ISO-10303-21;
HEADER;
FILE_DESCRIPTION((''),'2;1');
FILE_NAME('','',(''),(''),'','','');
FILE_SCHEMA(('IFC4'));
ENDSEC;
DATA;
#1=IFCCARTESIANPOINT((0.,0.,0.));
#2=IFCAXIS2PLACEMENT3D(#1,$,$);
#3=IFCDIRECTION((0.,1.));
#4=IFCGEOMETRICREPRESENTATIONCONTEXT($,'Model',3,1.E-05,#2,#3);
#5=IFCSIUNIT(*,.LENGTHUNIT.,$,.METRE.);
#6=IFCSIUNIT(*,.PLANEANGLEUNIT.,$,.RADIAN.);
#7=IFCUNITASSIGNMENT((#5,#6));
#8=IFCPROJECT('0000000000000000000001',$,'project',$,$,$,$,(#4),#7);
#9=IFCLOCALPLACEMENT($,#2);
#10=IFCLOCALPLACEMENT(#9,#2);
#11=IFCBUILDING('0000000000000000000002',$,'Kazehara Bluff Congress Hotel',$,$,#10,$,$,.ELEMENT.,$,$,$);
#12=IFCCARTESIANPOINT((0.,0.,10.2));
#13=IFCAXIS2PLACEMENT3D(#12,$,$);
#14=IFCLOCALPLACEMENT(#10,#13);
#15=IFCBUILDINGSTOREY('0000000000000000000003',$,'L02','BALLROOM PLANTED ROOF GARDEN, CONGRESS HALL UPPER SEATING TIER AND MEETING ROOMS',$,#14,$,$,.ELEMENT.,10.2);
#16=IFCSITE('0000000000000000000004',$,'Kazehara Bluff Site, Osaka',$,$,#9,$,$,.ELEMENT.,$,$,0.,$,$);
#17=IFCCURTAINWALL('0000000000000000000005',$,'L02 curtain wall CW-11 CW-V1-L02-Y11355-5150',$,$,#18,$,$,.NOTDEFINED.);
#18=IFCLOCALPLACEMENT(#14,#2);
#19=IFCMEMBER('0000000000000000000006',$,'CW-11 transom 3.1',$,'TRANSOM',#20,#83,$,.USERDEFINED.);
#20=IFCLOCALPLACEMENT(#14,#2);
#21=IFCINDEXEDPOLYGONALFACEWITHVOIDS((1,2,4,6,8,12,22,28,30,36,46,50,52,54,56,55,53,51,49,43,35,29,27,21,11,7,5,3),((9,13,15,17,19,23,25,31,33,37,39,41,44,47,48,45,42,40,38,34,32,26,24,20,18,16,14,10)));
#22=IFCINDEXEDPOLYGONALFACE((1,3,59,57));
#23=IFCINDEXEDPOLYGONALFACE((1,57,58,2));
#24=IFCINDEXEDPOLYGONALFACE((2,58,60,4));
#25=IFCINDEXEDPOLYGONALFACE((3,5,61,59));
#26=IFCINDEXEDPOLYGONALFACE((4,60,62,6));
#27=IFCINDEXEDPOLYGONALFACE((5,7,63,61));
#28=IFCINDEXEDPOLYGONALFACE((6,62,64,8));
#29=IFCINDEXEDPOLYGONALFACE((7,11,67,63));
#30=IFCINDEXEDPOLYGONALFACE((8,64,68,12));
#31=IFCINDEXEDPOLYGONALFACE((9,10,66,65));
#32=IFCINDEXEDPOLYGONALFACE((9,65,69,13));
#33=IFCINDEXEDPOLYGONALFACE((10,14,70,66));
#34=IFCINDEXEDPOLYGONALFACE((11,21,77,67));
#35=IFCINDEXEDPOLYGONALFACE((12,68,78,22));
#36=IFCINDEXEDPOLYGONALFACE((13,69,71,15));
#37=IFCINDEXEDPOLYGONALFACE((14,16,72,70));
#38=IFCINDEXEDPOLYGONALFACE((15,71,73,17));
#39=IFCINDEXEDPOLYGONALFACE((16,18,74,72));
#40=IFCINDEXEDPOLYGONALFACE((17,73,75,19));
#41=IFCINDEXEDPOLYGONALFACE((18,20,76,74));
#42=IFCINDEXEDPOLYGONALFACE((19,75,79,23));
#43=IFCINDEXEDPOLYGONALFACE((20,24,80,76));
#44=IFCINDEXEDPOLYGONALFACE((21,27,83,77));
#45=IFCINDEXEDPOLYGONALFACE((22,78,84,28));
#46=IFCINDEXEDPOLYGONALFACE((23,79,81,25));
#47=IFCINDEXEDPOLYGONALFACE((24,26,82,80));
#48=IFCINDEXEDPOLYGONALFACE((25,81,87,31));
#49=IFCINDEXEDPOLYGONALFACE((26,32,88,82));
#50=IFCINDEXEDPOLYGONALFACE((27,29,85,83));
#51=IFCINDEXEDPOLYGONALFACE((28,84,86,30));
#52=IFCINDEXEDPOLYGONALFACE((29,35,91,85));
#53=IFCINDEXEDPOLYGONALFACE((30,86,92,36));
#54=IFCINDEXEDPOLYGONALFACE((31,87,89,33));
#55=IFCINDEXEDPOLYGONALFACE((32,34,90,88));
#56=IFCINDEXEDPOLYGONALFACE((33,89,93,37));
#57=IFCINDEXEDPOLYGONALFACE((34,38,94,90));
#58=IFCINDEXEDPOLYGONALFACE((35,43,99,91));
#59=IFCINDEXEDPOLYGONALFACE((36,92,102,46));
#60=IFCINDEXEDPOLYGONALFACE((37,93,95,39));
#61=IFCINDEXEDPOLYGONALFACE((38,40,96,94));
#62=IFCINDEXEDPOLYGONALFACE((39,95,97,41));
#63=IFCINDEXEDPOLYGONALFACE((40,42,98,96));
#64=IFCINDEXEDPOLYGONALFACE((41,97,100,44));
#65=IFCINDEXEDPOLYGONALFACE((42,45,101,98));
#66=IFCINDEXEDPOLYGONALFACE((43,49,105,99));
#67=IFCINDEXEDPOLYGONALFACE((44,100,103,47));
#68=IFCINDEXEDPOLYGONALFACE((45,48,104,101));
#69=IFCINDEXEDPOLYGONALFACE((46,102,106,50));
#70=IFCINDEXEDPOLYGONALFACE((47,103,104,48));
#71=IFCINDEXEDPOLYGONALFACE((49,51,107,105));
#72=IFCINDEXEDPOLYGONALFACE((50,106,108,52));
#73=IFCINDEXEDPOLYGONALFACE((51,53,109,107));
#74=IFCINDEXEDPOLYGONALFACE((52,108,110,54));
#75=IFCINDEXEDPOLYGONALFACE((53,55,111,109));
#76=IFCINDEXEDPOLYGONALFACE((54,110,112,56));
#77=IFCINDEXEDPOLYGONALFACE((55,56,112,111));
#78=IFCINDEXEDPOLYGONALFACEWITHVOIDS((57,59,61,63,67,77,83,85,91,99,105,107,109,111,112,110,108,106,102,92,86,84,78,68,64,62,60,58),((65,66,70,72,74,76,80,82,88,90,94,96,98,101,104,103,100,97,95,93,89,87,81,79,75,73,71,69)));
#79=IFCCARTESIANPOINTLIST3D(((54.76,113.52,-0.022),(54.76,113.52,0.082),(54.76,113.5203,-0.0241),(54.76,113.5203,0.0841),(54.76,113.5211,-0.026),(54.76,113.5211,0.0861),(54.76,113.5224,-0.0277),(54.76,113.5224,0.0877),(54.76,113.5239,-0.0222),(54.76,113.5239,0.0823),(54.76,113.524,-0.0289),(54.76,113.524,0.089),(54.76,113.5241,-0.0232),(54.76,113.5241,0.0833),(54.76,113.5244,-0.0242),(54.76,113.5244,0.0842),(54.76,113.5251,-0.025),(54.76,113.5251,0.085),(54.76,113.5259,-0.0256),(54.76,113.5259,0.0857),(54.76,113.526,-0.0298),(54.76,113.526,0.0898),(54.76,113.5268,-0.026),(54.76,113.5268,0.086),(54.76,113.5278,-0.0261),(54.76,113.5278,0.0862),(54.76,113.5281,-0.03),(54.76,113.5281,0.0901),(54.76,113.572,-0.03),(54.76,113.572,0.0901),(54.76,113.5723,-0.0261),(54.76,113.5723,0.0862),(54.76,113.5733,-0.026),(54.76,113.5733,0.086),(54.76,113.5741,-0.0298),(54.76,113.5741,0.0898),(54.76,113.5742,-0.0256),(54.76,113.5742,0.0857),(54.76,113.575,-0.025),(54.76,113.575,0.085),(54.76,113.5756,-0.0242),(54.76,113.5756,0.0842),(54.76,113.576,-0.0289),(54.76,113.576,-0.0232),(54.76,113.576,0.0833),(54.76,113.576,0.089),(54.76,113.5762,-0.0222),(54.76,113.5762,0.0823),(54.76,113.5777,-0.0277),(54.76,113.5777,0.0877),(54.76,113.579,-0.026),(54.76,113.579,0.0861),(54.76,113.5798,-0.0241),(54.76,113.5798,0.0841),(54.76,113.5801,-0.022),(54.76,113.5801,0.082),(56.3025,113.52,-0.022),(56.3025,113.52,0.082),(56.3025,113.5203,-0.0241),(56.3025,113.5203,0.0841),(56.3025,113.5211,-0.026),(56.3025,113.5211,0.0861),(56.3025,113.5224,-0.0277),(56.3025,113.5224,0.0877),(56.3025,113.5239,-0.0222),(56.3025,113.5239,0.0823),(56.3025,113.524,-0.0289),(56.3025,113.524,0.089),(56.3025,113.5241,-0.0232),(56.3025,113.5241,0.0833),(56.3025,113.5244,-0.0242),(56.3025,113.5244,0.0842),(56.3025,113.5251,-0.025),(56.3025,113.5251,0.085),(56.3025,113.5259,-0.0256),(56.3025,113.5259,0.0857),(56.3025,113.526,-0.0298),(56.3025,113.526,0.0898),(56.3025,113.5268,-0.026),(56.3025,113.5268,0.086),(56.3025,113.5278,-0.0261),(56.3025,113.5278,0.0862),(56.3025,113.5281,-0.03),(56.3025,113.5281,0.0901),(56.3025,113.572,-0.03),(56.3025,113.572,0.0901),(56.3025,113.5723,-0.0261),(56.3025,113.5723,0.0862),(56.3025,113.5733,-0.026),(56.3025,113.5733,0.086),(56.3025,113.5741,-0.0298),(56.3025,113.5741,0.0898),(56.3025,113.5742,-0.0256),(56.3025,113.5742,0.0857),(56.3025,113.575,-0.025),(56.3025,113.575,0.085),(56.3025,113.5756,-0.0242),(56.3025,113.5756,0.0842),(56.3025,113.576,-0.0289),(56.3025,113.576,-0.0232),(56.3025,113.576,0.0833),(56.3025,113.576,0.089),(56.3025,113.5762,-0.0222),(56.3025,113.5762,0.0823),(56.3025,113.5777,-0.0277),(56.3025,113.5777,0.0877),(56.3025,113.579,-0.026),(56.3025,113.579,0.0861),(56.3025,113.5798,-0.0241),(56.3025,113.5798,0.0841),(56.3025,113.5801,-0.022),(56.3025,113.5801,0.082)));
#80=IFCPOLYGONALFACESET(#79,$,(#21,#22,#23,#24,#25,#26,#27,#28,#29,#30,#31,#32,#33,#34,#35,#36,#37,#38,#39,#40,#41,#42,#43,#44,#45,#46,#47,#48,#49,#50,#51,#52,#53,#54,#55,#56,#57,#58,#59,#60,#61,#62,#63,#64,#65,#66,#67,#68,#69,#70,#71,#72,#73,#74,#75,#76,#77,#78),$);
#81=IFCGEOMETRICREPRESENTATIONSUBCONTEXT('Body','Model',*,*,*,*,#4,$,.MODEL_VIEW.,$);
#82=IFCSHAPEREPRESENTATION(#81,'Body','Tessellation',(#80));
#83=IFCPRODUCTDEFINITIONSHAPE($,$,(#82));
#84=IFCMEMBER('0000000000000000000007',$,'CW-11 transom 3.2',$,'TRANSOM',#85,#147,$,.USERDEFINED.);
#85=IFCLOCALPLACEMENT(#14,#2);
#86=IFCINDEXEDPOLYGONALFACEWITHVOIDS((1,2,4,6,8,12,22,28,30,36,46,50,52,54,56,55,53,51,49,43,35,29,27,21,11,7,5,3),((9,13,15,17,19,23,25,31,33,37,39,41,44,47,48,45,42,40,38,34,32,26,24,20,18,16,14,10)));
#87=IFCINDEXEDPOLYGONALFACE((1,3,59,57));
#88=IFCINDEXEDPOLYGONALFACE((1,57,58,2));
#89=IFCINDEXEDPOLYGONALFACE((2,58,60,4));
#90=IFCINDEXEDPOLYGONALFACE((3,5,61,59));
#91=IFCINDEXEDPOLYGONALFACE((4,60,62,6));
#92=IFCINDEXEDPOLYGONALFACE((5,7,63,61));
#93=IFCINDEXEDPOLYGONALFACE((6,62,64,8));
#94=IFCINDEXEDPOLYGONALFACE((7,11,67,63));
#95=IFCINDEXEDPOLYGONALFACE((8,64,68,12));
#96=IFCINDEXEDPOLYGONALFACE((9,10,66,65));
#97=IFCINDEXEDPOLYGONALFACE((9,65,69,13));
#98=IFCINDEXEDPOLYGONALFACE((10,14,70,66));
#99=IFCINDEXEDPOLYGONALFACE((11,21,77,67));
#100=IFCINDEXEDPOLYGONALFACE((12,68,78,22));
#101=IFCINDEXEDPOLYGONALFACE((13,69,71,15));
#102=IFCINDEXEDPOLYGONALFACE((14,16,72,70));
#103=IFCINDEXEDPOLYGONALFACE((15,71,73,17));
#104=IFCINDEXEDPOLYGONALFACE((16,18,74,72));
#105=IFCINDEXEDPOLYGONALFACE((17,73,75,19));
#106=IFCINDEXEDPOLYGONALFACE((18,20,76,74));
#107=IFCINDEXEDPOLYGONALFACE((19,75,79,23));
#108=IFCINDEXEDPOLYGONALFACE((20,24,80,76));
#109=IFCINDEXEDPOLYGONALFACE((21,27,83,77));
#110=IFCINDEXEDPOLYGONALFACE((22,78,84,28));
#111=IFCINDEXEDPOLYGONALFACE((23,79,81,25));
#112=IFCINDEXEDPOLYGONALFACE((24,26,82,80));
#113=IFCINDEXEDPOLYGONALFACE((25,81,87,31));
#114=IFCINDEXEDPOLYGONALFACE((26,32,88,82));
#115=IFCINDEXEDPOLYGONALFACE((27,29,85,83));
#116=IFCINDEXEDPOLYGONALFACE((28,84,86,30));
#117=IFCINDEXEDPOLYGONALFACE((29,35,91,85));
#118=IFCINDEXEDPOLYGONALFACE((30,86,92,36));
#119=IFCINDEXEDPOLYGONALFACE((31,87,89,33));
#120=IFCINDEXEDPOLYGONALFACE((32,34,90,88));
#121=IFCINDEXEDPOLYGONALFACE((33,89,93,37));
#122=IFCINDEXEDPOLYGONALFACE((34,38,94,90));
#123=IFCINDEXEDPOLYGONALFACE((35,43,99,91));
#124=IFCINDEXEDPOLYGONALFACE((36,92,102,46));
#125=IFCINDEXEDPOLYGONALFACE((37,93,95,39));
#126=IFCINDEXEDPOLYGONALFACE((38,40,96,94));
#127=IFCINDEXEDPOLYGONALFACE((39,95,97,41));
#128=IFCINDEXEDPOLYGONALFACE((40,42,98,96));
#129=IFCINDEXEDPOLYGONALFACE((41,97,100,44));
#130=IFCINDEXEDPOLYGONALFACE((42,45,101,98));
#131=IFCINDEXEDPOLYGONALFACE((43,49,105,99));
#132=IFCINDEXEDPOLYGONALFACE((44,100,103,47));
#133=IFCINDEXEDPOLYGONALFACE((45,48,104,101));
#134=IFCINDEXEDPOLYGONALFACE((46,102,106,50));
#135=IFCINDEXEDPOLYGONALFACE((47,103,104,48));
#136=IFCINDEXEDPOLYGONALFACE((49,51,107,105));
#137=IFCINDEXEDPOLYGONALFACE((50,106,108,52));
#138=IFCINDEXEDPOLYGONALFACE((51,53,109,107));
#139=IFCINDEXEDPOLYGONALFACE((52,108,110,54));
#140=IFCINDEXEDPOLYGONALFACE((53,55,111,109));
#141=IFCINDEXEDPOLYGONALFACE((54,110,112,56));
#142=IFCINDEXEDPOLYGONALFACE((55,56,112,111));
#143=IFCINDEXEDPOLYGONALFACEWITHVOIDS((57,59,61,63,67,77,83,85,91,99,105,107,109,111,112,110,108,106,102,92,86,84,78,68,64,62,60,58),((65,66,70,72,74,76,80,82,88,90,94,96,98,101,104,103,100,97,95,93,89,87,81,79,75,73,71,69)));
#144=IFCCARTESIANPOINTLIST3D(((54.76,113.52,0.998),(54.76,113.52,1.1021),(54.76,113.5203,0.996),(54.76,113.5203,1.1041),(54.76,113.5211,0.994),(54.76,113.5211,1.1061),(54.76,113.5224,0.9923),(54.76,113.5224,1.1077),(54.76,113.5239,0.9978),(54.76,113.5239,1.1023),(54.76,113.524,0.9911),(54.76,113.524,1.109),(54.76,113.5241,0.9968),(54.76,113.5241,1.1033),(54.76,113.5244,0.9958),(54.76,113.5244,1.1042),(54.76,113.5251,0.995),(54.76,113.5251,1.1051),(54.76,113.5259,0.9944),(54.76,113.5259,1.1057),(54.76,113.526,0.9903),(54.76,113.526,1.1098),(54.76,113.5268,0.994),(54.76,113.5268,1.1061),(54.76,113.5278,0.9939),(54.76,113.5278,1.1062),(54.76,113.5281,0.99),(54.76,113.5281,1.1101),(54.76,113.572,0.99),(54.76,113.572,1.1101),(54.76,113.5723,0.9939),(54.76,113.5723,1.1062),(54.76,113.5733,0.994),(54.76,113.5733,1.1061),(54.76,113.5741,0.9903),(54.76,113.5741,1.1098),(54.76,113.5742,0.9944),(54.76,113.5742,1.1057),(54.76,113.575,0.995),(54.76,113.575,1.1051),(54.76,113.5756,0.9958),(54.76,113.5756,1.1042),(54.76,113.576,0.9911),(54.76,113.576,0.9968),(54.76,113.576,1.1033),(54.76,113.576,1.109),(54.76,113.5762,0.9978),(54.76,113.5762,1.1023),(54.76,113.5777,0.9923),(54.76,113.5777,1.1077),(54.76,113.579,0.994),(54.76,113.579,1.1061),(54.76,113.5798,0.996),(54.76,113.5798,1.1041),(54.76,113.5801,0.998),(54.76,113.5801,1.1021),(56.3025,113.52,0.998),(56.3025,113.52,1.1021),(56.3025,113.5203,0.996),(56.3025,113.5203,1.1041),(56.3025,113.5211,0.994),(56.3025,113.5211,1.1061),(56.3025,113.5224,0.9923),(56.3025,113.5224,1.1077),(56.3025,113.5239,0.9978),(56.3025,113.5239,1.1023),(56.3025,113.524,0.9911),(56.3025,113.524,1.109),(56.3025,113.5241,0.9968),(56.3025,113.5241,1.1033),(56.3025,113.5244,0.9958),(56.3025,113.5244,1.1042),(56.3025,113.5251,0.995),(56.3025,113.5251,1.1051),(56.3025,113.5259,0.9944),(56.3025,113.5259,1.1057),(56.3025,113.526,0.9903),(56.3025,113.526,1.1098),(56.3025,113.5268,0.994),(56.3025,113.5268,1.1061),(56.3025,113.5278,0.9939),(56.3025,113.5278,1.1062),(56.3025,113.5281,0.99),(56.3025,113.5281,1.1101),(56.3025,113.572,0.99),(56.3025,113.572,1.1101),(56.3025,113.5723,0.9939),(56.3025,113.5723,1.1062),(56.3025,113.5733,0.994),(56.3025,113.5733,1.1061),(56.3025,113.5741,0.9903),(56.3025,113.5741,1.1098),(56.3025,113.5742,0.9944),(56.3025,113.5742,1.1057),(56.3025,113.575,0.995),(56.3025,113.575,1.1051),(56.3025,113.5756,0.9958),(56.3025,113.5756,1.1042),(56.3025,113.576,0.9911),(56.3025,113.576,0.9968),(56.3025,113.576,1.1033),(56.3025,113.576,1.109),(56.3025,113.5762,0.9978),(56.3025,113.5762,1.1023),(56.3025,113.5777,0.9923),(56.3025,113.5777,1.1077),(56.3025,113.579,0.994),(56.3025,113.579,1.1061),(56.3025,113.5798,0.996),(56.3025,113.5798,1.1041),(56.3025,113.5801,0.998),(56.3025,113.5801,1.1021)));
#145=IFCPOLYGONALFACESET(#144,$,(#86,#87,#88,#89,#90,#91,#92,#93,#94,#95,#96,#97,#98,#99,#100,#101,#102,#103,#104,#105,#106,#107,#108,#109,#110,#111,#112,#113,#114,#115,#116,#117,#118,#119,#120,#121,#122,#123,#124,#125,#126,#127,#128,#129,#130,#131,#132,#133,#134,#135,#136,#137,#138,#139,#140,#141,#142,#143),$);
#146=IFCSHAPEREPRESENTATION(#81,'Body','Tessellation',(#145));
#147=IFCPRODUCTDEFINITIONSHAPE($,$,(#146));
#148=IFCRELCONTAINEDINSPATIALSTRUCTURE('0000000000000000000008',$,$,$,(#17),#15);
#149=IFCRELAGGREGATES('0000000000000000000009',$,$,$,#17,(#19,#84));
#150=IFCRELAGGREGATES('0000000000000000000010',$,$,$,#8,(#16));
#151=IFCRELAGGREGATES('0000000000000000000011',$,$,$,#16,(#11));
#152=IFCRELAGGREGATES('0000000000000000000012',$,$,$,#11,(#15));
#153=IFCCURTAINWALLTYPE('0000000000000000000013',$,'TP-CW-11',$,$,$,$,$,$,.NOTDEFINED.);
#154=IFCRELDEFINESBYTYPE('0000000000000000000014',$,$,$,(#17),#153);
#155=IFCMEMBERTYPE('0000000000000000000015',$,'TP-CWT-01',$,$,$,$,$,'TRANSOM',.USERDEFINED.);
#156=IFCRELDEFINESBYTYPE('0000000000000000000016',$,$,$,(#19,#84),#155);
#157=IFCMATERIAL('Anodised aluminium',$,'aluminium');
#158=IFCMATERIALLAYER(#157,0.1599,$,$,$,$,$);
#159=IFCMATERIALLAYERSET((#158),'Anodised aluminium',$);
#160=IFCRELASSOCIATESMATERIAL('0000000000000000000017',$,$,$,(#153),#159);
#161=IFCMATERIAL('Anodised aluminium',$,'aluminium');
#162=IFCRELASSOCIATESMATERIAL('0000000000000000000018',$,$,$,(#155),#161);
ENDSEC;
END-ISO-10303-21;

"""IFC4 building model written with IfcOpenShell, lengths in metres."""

from ifc_helpers import new_model, si_unit, direction, frame, origin, origin_2d, place, context, subcontext, project, spatial, hollow_rectangle, extrude, material, layer, layer_set, material_profile, profile_set, type_object, element, aggregate, save


model = new_model("IFC4")

# Units and contexts
model_context = context("Model", 3, precision=1e-05, world=origin(), true_north=direction((0.0, 1.0)))
body_context = subcontext(model_context, "Body", "Model", "MODEL_VIEW")
ifc_project = project(units=[si_unit("LENGTHUNIT", "METRE"), si_unit("PLANEANGLEUNIT", "RADIAN")], contexts=[model_context])

# Site, building, storey
site_placement = place(None, origin())
site = spatial("IfcSite", under=ifc_project, at=site_placement, Name="Kazehara Bluff Site, Osaka", CompositionType="ELEMENT", RefElevation=0.0)
building_placement = place(site_placement, origin())
building = spatial("IfcBuilding", under=site, at=building_placement, Name="Kazehara Bluff Congress Hotel", CompositionType="ELEMENT")
storey_placement = place(building_placement, frame((0.0, 0.0, 10.2)))
storey = spatial("IfcBuildingStorey", under=building, at=storey_placement, Name="L02", Description="BALLROOM PLANTED ROOF GARDEN, CONGRESS HALL UPPER SEATING TIER AND MEETING ROOMS", CompositionType="ELEMENT", Elevation=10.2)

# Curtain wall, members
ifc_material_1 = material(Name="Anodised aluminium", Category="aluminium")
ifc_layer_1 = layer(ifc_material_1, 0.1599)
ifc_layer_set_1 = layer_set([ifc_layer_1], Name="Anodised aluminium")
curtain_wall_type = type_object("IfcCurtainWallType", Name="TP-CW-11", PredefinedType="NOTDEFINED", material=ifc_layer_set_1)
curtain_wall_placement = place(storey_placement, origin())
curtain_wall = element("IfcCurtainWall", 1, at=curtain_wall_placement, inside=storey, type_object=curtain_wall_type, Name="L02 curtain wall CW-11 CW-V1-L02-Y11355-5150", PredefinedType="NOTDEFINED")
ifc_material_2 = material(Name="Anodised aluminium", Category="aluminium")
ifc_material_profile_1 = material_profile(ifc_material_2, hollow_rectangle(XDim=0.0601, YDim=0.1201, WallThickness=0.0039, InnerFilletRadius=0.0039, OuterFilletRadius=0.0081, at=origin_2d()))
ifc_profile_set_1 = profile_set([ifc_material_profile_1], Name="Anodised aluminium")
member_type_1 = type_object("IfcMemberType", Name="TP-CWT-01", ElementType="TRANSOM", PredefinedType="USERDEFINED", material=ifc_profile_set_1)
member_1_placement = place(storey_placement, frame((54.76, 113.55, 0.03), z_axis=(1.0, 0.0, 0.0), x_axis=(0.0, 1.0, 0.0)))
member_1 = element("IfcMember", 2, at=member_1_placement, type_object=member_type_1, Name="CW-11 transom 3.1", ObjectType="TRANSOM", PredefinedType="USERDEFINED", context=body_context, shape_type="SweptSolid", body=[
    extrude(hollow_rectangle(XDim=0.0601, YDim=0.1201, WallThickness=0.0039, InnerFilletRadius=0.0039, OuterFilletRadius=0.0081, at=origin_2d()), origin(), (0.0, 0.0, 1.0), 1.5425),
])
member_2_placement = place(storey_placement, frame((54.76, 113.55, 1.05), z_axis=(1.0, 0.0, 0.0), x_axis=(0.0, 1.0, 0.0)))
member_2 = element("IfcMember", 3, at=member_2_placement, type_object=member_type_1, Name="CW-11 transom 3.2", ObjectType="TRANSOM", PredefinedType="USERDEFINED", context=body_context, shape_type="SweptSolid", body=[
    extrude(hollow_rectangle(XDim=0.0601, YDim=0.1201, WallThickness=0.0039, InnerFilletRadius=0.0039, OuterFilletRadius=0.0081, at=origin_2d()), origin(), (0.0, 0.0, 1.0), 1.5425),
])
aggregate(curtain_wall, [member_1, member_2])

save(model, "model.ifc")
